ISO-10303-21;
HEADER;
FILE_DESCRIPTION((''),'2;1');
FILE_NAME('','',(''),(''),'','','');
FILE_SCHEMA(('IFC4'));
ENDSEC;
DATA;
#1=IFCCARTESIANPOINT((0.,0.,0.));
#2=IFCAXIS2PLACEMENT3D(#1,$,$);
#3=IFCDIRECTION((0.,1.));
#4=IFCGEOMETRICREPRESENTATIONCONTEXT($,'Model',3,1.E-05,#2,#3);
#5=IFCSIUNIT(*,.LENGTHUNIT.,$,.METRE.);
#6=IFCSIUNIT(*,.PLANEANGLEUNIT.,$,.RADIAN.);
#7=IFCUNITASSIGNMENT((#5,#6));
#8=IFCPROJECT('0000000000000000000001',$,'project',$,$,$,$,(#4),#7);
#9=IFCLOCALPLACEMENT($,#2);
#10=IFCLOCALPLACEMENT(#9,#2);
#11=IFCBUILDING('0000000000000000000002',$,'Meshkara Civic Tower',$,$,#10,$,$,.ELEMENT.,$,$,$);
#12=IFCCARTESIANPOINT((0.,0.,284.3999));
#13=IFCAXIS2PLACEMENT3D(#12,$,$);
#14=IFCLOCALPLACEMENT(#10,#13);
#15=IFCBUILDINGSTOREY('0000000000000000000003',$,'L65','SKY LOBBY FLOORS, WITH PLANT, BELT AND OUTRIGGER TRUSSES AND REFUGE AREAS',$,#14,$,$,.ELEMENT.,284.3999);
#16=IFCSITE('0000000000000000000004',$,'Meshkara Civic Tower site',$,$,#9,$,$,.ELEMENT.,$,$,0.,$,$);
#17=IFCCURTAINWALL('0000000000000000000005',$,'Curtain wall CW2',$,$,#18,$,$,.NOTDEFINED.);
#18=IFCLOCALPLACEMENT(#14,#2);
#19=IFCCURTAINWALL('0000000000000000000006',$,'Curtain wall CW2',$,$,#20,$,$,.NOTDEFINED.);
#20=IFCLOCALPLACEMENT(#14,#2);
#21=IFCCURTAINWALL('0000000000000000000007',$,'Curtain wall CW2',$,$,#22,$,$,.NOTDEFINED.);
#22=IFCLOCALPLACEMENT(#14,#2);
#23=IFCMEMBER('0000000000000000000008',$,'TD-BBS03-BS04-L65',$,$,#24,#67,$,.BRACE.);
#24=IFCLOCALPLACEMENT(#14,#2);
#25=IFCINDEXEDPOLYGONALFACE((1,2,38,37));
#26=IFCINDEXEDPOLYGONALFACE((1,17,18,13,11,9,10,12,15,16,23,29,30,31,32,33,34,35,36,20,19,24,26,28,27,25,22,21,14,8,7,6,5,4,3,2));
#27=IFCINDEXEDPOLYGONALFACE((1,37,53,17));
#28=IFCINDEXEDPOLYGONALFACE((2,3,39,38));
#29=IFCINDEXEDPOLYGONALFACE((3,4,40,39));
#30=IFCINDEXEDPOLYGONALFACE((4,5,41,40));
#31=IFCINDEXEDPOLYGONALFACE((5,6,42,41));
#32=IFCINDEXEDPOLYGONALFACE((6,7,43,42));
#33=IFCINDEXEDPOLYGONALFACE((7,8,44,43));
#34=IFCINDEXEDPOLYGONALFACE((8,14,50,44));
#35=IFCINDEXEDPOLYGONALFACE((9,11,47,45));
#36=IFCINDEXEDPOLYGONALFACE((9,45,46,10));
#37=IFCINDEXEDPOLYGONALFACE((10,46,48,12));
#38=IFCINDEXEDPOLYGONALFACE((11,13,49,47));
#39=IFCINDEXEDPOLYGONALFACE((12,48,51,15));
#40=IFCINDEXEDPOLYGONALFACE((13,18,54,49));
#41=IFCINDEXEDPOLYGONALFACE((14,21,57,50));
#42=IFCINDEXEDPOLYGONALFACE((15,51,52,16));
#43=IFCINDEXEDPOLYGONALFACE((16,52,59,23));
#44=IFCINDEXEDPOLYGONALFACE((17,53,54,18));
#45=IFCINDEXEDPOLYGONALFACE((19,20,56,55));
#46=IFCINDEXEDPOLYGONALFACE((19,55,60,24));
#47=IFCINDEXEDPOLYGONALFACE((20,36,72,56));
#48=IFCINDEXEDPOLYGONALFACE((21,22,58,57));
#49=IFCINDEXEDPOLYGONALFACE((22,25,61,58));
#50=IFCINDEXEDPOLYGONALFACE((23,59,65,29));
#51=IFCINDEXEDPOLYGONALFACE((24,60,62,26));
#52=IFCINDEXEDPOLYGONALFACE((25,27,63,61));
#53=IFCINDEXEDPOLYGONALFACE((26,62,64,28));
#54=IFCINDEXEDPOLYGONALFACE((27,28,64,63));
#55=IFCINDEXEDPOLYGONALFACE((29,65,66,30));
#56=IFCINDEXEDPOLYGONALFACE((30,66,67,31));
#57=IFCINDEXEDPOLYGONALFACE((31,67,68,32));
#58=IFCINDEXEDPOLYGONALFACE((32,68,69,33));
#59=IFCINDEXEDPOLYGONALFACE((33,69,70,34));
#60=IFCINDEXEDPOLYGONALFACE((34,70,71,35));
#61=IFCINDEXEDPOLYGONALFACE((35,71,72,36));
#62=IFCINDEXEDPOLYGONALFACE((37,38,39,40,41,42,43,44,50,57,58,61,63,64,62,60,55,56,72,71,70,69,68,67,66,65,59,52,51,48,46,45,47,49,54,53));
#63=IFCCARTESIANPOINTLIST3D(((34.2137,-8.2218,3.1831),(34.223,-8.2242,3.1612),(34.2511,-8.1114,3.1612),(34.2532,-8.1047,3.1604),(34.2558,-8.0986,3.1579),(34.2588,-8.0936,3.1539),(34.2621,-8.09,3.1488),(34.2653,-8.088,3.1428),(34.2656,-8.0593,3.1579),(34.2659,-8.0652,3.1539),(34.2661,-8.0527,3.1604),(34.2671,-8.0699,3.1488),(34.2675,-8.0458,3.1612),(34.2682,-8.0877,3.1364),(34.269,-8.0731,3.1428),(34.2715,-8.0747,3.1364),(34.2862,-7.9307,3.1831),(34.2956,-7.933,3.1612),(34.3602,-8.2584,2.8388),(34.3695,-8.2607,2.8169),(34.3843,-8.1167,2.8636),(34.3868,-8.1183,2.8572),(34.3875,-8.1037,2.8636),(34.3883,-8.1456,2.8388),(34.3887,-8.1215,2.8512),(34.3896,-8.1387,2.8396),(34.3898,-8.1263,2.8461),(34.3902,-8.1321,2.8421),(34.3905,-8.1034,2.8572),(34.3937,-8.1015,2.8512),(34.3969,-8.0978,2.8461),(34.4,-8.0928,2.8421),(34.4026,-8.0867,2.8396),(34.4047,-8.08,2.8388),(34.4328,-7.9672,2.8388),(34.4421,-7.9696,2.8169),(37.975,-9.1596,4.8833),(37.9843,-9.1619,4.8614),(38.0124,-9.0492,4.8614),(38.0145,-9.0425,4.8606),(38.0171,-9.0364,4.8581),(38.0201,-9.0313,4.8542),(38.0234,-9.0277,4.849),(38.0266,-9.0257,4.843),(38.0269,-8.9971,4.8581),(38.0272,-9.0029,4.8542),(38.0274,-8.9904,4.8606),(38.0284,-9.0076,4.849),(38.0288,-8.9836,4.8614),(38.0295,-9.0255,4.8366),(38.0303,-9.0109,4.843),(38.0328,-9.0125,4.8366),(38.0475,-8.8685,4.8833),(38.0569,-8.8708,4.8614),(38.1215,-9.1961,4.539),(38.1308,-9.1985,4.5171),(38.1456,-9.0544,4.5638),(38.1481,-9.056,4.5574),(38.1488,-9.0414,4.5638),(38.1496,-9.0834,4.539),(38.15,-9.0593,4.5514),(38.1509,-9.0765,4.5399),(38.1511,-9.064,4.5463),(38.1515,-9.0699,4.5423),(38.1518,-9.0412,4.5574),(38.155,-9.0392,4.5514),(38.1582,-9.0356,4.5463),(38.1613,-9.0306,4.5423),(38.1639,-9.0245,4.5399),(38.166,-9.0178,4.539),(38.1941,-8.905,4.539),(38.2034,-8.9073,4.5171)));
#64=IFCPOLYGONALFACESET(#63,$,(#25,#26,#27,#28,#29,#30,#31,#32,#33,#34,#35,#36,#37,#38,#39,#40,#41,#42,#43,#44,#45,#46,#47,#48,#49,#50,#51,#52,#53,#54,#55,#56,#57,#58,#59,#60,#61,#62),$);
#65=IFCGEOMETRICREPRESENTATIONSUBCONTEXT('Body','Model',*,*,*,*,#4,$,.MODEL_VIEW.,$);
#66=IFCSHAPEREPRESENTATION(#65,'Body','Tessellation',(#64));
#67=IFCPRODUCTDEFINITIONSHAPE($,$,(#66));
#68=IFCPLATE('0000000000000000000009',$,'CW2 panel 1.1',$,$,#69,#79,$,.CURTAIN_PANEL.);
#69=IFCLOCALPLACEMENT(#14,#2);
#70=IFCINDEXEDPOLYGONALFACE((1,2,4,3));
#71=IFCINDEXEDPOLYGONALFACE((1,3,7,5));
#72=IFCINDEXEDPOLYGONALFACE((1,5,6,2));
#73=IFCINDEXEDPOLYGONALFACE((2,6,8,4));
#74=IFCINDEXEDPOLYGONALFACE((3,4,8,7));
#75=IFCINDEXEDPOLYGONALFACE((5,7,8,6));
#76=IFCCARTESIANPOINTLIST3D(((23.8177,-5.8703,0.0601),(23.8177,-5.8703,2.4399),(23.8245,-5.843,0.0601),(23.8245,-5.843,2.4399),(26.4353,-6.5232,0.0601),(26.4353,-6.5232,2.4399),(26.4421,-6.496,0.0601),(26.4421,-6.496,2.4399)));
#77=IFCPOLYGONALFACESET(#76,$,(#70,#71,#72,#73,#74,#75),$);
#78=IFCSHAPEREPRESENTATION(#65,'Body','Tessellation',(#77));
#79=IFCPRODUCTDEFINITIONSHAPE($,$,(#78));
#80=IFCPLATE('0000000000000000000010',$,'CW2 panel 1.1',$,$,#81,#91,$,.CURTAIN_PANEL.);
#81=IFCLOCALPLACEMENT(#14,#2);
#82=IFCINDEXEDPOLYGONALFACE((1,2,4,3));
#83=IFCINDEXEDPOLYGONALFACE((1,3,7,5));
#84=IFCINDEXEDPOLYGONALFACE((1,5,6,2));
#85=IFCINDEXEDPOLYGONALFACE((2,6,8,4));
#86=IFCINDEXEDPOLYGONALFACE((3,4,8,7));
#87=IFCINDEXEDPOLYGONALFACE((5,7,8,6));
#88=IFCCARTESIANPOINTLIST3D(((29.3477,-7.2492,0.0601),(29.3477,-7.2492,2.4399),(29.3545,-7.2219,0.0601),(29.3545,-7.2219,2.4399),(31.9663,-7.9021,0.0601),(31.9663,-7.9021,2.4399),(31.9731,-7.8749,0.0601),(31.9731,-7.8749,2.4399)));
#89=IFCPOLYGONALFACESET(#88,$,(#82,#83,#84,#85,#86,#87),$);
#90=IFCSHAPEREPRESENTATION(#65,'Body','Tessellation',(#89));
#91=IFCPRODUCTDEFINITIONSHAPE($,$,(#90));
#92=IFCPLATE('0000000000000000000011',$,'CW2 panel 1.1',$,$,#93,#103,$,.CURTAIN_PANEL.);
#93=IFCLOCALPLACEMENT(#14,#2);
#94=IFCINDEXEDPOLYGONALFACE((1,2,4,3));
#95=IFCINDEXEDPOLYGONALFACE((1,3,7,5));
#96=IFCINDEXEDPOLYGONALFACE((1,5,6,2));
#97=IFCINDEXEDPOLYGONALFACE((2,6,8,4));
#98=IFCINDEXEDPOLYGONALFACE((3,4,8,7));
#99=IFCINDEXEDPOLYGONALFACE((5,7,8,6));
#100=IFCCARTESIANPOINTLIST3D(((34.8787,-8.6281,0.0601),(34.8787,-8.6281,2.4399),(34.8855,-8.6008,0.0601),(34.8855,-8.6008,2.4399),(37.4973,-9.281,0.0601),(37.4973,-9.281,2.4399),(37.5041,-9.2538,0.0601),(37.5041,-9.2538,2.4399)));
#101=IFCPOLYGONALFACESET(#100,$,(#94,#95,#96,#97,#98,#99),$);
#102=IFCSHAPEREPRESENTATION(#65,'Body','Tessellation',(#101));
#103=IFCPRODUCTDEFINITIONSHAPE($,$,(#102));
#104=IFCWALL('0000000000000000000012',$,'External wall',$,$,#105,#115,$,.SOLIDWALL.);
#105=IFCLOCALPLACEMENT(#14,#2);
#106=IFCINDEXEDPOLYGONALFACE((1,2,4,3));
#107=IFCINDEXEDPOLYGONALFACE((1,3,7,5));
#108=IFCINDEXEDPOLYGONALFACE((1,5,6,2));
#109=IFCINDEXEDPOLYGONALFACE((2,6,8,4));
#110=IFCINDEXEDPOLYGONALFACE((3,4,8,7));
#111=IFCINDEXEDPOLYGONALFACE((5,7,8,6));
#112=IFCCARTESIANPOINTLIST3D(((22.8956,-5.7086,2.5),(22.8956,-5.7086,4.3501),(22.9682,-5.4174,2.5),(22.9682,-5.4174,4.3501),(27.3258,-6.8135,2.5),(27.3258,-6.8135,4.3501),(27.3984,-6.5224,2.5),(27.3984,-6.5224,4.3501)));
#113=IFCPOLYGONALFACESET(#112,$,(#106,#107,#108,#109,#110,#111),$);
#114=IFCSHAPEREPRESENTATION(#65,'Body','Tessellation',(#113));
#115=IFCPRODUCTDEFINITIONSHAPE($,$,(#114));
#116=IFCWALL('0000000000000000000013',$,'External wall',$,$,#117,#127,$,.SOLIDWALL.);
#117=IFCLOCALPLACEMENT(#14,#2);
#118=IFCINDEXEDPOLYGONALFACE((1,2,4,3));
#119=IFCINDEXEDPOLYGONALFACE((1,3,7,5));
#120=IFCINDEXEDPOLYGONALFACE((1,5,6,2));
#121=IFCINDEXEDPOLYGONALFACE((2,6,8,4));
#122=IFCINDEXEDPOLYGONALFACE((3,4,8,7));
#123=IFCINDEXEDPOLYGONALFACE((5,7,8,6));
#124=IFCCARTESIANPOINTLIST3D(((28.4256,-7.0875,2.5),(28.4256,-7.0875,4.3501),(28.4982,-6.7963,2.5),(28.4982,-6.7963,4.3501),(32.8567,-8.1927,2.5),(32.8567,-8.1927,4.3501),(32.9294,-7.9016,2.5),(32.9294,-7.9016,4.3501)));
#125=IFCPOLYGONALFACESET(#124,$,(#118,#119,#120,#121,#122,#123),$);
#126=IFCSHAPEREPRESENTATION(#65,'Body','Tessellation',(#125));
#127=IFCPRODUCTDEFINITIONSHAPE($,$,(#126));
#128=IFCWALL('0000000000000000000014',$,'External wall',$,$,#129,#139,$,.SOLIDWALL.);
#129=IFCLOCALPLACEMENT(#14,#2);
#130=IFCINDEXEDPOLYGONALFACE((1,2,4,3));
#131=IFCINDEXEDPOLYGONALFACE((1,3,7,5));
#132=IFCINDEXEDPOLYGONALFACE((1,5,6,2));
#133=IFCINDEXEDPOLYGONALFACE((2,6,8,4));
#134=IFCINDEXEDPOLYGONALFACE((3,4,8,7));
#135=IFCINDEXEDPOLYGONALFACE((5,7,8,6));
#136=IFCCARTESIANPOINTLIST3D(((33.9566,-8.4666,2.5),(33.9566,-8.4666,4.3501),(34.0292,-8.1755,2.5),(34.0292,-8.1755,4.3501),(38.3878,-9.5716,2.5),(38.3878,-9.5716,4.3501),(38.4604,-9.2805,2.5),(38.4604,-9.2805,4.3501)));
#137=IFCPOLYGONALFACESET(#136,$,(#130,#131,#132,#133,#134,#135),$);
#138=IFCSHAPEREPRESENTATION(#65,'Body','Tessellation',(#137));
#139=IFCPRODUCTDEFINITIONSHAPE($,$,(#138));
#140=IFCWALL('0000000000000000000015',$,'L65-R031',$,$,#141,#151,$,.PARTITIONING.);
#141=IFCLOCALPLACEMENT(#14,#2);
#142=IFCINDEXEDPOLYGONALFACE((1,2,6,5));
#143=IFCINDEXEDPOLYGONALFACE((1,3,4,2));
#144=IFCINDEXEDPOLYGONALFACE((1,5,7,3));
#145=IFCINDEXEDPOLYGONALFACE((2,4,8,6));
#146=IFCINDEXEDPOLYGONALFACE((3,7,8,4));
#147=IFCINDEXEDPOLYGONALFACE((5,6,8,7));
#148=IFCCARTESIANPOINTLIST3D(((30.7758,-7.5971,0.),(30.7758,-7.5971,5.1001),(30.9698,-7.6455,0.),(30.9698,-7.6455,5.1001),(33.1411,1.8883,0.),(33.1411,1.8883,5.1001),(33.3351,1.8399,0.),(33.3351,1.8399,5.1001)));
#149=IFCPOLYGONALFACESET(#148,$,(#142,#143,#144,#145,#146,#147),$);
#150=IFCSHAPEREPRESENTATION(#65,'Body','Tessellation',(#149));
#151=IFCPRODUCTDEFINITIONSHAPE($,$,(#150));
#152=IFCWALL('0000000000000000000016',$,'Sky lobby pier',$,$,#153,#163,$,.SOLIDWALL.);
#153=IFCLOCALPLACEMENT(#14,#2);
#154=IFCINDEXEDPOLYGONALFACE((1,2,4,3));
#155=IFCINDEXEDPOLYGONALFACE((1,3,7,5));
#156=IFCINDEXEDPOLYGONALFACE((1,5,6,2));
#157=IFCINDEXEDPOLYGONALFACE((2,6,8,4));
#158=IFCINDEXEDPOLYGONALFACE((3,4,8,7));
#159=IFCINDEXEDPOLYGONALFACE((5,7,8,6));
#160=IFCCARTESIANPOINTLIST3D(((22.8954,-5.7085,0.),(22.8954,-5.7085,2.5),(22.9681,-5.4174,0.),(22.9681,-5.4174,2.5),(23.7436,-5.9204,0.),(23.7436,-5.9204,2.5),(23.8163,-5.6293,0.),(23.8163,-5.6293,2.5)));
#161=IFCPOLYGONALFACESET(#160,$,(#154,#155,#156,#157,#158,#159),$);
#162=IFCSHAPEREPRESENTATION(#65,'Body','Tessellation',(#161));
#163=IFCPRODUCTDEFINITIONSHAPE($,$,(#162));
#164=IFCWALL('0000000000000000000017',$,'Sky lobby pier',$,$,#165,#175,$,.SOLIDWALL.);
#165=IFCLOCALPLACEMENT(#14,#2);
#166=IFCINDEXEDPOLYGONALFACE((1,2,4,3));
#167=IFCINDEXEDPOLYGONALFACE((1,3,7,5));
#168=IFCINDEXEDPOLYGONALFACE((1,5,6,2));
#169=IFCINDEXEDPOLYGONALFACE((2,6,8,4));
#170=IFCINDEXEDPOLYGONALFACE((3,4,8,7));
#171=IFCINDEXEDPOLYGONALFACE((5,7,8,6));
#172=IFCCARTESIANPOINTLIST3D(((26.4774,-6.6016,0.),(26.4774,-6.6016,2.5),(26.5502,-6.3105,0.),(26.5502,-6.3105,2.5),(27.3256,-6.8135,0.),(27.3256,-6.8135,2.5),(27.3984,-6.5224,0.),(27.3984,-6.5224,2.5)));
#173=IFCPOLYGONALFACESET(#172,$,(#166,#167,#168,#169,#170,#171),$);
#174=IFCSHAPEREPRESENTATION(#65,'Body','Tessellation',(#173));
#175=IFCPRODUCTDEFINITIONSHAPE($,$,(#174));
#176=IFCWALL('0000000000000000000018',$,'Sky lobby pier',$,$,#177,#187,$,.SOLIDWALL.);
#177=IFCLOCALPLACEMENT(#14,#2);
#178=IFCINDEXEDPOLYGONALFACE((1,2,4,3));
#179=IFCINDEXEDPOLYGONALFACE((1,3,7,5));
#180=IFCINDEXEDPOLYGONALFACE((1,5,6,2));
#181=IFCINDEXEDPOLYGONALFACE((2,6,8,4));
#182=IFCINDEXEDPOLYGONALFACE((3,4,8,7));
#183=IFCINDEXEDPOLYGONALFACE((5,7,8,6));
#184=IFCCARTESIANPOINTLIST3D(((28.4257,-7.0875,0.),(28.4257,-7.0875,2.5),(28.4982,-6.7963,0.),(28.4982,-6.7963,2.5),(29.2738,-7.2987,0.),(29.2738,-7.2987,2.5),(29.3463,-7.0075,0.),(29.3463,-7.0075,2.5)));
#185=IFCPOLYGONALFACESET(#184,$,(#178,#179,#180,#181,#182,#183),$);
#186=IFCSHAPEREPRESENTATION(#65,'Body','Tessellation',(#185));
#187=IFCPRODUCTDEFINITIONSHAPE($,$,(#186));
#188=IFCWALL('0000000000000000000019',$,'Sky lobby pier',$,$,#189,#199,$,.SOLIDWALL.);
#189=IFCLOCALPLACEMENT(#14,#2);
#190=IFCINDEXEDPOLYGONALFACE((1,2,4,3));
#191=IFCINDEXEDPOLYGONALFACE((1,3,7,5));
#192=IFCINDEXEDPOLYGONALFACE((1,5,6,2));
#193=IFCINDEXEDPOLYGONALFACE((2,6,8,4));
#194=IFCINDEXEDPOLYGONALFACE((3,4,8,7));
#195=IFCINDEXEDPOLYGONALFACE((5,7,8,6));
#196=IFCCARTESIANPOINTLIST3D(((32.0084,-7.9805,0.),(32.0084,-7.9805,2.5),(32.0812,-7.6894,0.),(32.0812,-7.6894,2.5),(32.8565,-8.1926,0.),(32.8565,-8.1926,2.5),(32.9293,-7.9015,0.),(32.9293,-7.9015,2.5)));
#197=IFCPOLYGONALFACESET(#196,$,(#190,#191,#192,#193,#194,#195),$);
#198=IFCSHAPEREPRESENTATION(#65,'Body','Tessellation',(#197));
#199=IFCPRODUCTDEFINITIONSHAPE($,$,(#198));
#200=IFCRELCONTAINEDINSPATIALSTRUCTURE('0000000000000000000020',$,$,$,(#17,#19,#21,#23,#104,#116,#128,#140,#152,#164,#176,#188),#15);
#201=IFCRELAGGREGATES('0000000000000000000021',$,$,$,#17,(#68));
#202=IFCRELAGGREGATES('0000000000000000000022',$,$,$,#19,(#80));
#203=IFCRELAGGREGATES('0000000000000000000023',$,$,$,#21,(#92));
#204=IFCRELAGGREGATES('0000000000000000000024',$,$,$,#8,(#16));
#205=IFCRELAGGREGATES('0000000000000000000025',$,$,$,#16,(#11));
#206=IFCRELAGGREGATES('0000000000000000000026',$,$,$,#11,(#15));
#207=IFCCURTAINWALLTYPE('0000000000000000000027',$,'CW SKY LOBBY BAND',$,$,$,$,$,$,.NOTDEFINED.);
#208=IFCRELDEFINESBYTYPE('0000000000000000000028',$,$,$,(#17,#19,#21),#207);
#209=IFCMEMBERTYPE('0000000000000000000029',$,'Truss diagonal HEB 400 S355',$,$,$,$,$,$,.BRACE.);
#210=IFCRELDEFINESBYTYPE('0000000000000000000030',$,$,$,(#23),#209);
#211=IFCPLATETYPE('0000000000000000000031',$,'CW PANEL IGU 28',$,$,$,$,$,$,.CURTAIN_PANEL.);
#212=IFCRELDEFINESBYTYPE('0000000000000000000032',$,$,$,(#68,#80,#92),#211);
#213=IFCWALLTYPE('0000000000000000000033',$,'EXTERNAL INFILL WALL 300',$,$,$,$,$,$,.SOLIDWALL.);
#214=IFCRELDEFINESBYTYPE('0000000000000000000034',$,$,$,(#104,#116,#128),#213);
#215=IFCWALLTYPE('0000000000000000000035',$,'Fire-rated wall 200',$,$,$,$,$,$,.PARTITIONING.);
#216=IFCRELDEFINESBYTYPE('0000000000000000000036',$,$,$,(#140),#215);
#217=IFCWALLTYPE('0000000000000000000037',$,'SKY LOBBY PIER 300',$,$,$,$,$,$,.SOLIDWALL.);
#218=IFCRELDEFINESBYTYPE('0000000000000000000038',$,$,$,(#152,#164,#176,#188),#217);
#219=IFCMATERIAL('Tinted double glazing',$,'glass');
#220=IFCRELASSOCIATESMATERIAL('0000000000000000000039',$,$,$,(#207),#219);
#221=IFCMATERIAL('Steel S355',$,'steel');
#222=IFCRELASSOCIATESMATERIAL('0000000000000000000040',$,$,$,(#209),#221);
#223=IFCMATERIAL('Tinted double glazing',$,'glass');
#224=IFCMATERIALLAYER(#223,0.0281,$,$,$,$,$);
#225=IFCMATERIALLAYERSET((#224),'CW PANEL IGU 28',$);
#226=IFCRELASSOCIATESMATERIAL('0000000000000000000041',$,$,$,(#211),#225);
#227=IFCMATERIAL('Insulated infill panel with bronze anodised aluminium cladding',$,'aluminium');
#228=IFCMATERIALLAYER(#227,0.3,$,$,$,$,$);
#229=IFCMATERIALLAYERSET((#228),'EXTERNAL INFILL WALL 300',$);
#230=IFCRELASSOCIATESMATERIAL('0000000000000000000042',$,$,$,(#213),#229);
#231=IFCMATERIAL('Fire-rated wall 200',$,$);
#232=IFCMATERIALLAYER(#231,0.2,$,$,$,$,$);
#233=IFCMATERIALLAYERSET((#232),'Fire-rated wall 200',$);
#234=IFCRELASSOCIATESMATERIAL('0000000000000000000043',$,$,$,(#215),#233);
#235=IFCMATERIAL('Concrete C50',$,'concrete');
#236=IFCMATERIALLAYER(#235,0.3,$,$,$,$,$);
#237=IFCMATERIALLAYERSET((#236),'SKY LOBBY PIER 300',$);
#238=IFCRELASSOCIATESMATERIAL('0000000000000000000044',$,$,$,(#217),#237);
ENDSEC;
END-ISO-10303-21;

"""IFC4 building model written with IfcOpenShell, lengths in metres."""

from ifc_helpers import new_model, si_unit, direction, frame, frame_2d, origin, origin_2d, place, context, subcontext, project, spatial, rectangle, i_section, extrude, material, layer, layer_set, material_profile, profile_set, type_object, element, aggregate, save


model = new_model("IFC4")

# Units and contexts
model_context = context("Model", 3, precision=1e-05, world=origin(), true_north=direction((0.0, 1.0)))
body_context = subcontext(model_context, "Body", "Model", "MODEL_VIEW")
ifc_project = project(units=[si_unit("LENGTHUNIT", "METRE"), si_unit("PLANEANGLEUNIT", "RADIAN")], contexts=[model_context])

# Site, building, storey
site_placement = place(None, origin())
site = spatial("IfcSite", under=ifc_project, at=site_placement, Name="Meshkara Civic Tower site", CompositionType="ELEMENT", RefElevation=0.0)
building_placement = place(site_placement, origin())
building = spatial("IfcBuilding", under=site, at=building_placement, Name="Meshkara Civic Tower", CompositionType="ELEMENT")
storey_placement = place(building_placement, frame((0.0, 0.0, 284.3999)))
storey = spatial("IfcBuildingStorey", under=building, at=storey_placement, Name="L65", Description="SKY LOBBY FLOORS, WITH PLANT, BELT AND OUTRIGGER TRUSSES AND REFUGE AREAS", CompositionType="ELEMENT", Elevation=284.3999)

# Curtain walls
ifc_material_1 = material(Name="Tinted double glazing", Category="glass")
curtain_wall_type = type_object("IfcCurtainWallType", Name="CW SKY LOBBY BAND", PredefinedType="NOTDEFINED", material=ifc_material_1)
curtain_wall_1_placement = place(storey_placement, origin())
curtain_wall_1 = element("IfcCurtainWall", 1, at=curtain_wall_1_placement, inside=storey, type_object=curtain_wall_type, Name="Curtain wall CW2", PredefinedType="NOTDEFINED")
curtain_wall_2_placement = place(storey_placement, origin())
curtain_wall_2 = element("IfcCurtainWall", 2, at=curtain_wall_2_placement, inside=storey, type_object=curtain_wall_type, Name="Curtain wall CW2", PredefinedType="NOTDEFINED")
curtain_wall_3_placement = place(storey_placement, origin())
curtain_wall_3 = element("IfcCurtainWall", 3, at=curtain_wall_3_placement, inside=storey, type_object=curtain_wall_type, Name="Curtain wall CW2", PredefinedType="NOTDEFINED")

# Member
ifc_material_2 = material(Name="Steel S355", Category="steel")
ifc_material_profile_1 = material_profile(ifc_material_2, i_section(OverallWidth=0.3, OverallDepth=0.3999, WebThickness=0.0134, FlangeThickness=0.0239, FilletRadius=0.0271, at=origin_2d()))
ifc_profile_set_1 = profile_set([ifc_material_profile_1], Name="Steel S355")
member_type_1 = type_object("IfcMemberType", Name="Truss diagonal HEB 400 S355", PredefinedType="BRACE", material=ifc_profile_set_1)
for number, where, z_axis, x_axis, name in (
    (4, (34.3279, -8.0957, 3.0), (0.888584, -0.221541, 0.401668), (0.241913, 0.970298, 0.0), "TD-BBS03-BS04-L65"),
):
    element("IfcMember", number, at=place(storey_placement, frame(where, z_axis=z_axis, x_axis=x_axis)), inside=storey, type_object=member_type_1, Name=name, PredefinedType="BRACE", context=body_context, shape_type="SweptSolid", body=[
        extrude(i_section(OverallWidth=0.3, OverallDepth=0.3999, WebThickness=0.0134, FlangeThickness=0.0239, FilletRadius=0.0271, at=origin_2d()), origin(), (0.0, 0.0, 1.0), 4.2329),
    ])

# Plates
ifc_material_3 = material(Name="Tinted double glazing", Category="glass")
ifc_layer_1 = layer(ifc_material_3, 0.0281)
ifc_layer_set_1 = layer_set([ifc_layer_1], Name="CW PANEL IGU 28")
plate_type = type_object("IfcPlateType", Name="CW PANEL IGU 28", PredefinedType="CURTAIN_PANEL", material=ifc_layer_set_1)
plate_1_placement = place(storey_placement, frame((25.1299, -6.1831, 0.0601), z_axis=(0.0, 0.0, 1.0), x_axis=(0.970268, -0.242035, 0.0)))
plate_1 = element("IfcPlate", 5, at=plate_1_placement, type_object=plate_type, Name="CW2 panel 1.1", PredefinedType="CURTAIN_PANEL", context=body_context, shape_type="SweptSolid", body=[
    extrude(rectangle(XDim=2.6978, YDim=0.0281, at=origin_2d()), origin(), (0.0, 0.0, 1.0), 2.3799),
])
aggregate(curtain_wall_1, [plate_1])
plate_2_placement = place(storey_placement, frame((30.6604, -7.562, 0.0601), z_axis=(0.0, 0.0, 1.0), x_axis=(0.970288, -0.241951, 0.0)))
plate_2 = element("IfcPlate", 6, at=plate_2_placement, type_object=plate_type, Name="CW2 panel 1.1", PredefinedType="CURTAIN_PANEL", context=body_context, shape_type="SweptSolid", body=[
    extrude(rectangle(XDim=2.6987, YDim=0.0281, at=origin_2d()), origin(), (0.0, 0.0, 1.0), 2.3799),
])
aggregate(curtain_wall_2, [plate_2])
plate_3_placement = place(storey_placement, frame((36.1914, -8.9409, 0.0601), z_axis=(0.0, 0.0, 1.0), x_axis=(0.970288, -0.241951, 0.0)))
plate_3 = element("IfcPlate", 7, at=plate_3_placement, type_object=plate_type, Name="CW2 panel 1.1", PredefinedType="CURTAIN_PANEL", context=body_context, shape_type="SweptSolid", body=[
    extrude(rectangle(XDim=2.6987, YDim=0.0281, at=origin_2d()), origin(), (0.0, 0.0, 1.0), 2.3799),
])
aggregate(curtain_wall_3, [plate_3])

# Walls
ifc_material_4 = material(Name="Insulated infill panel with bronze anodised aluminium cladding", Category="aluminium")
ifc_layer_2 = layer(ifc_material_4, 0.3)
ifc_layer_set_2 = layer_set([ifc_layer_2], Name="EXTERNAL INFILL WALL 300")
wall_type_1 = type_object("IfcWallType", Name="EXTERNAL INFILL WALL 300", PredefinedType="SOLIDWALL", material=ifc_layer_set_2)
wall_1_placement = place(storey_placement, frame((22.9319, -5.563, 2.5), z_axis=(0.0, 0.0, 1.0), x_axis=(0.970274, -0.242007, 0.0)))
element("IfcWall", 8, at=wall_1_placement, inside=storey, type_object=wall_type_1, Name="External wall", PredefinedType="SOLIDWALL", context=body_context, shape_type="SweptSolid", body=[
    extrude(rectangle(XDim=4.5659, YDim=0.3, at=frame_2d((2.283, 0.0))), origin(), (0.0, 0.0, 1.0), 1.8501),
])
for number, where, z_axis, x_axis, name in (
    (9, (28.4619, -6.9419, 2.5), (0.0, 0.0, 1.0), (0.970274, -0.242007, 0.0), "External wall"),
    (10, (33.9929, -8.321, 2.5), (0.0, 0.0, 1.0), (0.970287, -0.241957, 0.0), "External wall"),
):
    element("IfcWall", number, at=place(storey_placement, frame(where, z_axis=z_axis, x_axis=x_axis)), inside=storey, type_object=wall_type_1, Name=name, PredefinedType="SOLIDWALL", context=body_context, shape_type="SweptSolid", body=[
        extrude(rectangle(XDim=4.5669, YDim=0.3, at=frame_2d((2.2834, 0.0))), origin(), (0.0, 0.0, 1.0), 1.8501),
    ])
ifc_material_5 = material(Name="Fire-rated wall 200")
ifc_layer_3 = layer(ifc_material_5, 0.2)
ifc_layer_set_3 = layer_set([ifc_layer_3], Name="Fire-rated wall 200")
wall_type_2 = type_object("IfcWallType", Name="Fire-rated wall 200", PredefinedType="PARTITIONING", material=ifc_layer_set_3)
wall_2_placement = place(storey_placement, frame((30.8728, -7.6213, 0.0), z_axis=(0.0, 0.0, 1.0), x_axis=(0.241948, 0.970289, 0.0)))
element("IfcWall", 11, at=wall_2_placement, inside=storey, type_object=wall_type_2, Name="L65-R031", PredefinedType="PARTITIONING", context=body_context, shape_type="SweptSolid", body=[
    extrude(rectangle(XDim=9.7759, YDim=0.2, at=frame_2d((4.8879, 0.0))), origin(), (0.0, 0.0, 1.0), 5.1001),
])
ifc_material_6 = material(Name="Concrete C50", Category="concrete")
ifc_layer_4 = layer(ifc_material_6, 0.3)
ifc_layer_set_4 = layer_set([ifc_layer_4], Name="SKY LOBBY PIER 300")
wall_type_3 = type_object("IfcWallType", Name="SKY LOBBY PIER 300", PredefinedType="SOLIDWALL", material=ifc_layer_set_4)
for number, where, z_axis, x_axis, name in (
    (12, (22.9319, -5.563, 0.0), (0.0, 0.0, 1.0), (0.970175, -0.242404, 0.0), "Sky lobby pier"),
    (13, (26.5139, -6.4561, 0.0), (0.0, 0.0, 1.0), (0.970175, -0.242404, 0.0), "Sky lobby pier"),
):
    element("IfcWall", number, at=place(storey_placement, frame(where, z_axis=z_axis, x_axis=x_axis)), inside=storey, type_object=wall_type_3, Name=name, PredefinedType="SOLIDWALL", context=body_context, shape_type="SweptSolid", body=[
        extrude(rectangle(XDim=0.8743, YDim=0.3, at=frame_2d((0.437, 0.0))), origin(), (0.0, 0.0, 1.0), 2.5),
    ])
wall_3_placement = place(storey_placement, frame((28.4619, -6.9419, 0.0), z_axis=(0.0, 0.0, 1.0), x_axis=(0.970372, -0.241615, 0.0)))
element("IfcWall", 14, at=wall_3_placement, inside=storey, type_object=wall_type_3, Name="Sky lobby pier", PredefinedType="SOLIDWALL", context=body_context, shape_type="SweptSolid", body=[
    extrude(rectangle(XDim=0.874, YDim=0.3, at=frame_2d((0.437, 0.0))), origin(), (0.0, 0.0, 1.0), 2.5),
])
wall_4_placement = place(storey_placement, frame((32.0449, -7.835, 0.0), z_axis=(0.0, 0.0, 1.0), x_axis=(0.97011, -0.242667, 0.0)))
element("IfcWall", 15, at=wall_4_placement, inside=storey, type_object=wall_type_3, Name="Sky lobby pier", PredefinedType="SOLIDWALL", context=body_context, shape_type="SweptSolid", body=[
    extrude(rectangle(XDim=0.8743, YDim=0.3, at=frame_2d((0.437, 0.0))), origin(), (0.0, 0.0, 1.0), 2.5),
])

save(model, "model.ifc")
